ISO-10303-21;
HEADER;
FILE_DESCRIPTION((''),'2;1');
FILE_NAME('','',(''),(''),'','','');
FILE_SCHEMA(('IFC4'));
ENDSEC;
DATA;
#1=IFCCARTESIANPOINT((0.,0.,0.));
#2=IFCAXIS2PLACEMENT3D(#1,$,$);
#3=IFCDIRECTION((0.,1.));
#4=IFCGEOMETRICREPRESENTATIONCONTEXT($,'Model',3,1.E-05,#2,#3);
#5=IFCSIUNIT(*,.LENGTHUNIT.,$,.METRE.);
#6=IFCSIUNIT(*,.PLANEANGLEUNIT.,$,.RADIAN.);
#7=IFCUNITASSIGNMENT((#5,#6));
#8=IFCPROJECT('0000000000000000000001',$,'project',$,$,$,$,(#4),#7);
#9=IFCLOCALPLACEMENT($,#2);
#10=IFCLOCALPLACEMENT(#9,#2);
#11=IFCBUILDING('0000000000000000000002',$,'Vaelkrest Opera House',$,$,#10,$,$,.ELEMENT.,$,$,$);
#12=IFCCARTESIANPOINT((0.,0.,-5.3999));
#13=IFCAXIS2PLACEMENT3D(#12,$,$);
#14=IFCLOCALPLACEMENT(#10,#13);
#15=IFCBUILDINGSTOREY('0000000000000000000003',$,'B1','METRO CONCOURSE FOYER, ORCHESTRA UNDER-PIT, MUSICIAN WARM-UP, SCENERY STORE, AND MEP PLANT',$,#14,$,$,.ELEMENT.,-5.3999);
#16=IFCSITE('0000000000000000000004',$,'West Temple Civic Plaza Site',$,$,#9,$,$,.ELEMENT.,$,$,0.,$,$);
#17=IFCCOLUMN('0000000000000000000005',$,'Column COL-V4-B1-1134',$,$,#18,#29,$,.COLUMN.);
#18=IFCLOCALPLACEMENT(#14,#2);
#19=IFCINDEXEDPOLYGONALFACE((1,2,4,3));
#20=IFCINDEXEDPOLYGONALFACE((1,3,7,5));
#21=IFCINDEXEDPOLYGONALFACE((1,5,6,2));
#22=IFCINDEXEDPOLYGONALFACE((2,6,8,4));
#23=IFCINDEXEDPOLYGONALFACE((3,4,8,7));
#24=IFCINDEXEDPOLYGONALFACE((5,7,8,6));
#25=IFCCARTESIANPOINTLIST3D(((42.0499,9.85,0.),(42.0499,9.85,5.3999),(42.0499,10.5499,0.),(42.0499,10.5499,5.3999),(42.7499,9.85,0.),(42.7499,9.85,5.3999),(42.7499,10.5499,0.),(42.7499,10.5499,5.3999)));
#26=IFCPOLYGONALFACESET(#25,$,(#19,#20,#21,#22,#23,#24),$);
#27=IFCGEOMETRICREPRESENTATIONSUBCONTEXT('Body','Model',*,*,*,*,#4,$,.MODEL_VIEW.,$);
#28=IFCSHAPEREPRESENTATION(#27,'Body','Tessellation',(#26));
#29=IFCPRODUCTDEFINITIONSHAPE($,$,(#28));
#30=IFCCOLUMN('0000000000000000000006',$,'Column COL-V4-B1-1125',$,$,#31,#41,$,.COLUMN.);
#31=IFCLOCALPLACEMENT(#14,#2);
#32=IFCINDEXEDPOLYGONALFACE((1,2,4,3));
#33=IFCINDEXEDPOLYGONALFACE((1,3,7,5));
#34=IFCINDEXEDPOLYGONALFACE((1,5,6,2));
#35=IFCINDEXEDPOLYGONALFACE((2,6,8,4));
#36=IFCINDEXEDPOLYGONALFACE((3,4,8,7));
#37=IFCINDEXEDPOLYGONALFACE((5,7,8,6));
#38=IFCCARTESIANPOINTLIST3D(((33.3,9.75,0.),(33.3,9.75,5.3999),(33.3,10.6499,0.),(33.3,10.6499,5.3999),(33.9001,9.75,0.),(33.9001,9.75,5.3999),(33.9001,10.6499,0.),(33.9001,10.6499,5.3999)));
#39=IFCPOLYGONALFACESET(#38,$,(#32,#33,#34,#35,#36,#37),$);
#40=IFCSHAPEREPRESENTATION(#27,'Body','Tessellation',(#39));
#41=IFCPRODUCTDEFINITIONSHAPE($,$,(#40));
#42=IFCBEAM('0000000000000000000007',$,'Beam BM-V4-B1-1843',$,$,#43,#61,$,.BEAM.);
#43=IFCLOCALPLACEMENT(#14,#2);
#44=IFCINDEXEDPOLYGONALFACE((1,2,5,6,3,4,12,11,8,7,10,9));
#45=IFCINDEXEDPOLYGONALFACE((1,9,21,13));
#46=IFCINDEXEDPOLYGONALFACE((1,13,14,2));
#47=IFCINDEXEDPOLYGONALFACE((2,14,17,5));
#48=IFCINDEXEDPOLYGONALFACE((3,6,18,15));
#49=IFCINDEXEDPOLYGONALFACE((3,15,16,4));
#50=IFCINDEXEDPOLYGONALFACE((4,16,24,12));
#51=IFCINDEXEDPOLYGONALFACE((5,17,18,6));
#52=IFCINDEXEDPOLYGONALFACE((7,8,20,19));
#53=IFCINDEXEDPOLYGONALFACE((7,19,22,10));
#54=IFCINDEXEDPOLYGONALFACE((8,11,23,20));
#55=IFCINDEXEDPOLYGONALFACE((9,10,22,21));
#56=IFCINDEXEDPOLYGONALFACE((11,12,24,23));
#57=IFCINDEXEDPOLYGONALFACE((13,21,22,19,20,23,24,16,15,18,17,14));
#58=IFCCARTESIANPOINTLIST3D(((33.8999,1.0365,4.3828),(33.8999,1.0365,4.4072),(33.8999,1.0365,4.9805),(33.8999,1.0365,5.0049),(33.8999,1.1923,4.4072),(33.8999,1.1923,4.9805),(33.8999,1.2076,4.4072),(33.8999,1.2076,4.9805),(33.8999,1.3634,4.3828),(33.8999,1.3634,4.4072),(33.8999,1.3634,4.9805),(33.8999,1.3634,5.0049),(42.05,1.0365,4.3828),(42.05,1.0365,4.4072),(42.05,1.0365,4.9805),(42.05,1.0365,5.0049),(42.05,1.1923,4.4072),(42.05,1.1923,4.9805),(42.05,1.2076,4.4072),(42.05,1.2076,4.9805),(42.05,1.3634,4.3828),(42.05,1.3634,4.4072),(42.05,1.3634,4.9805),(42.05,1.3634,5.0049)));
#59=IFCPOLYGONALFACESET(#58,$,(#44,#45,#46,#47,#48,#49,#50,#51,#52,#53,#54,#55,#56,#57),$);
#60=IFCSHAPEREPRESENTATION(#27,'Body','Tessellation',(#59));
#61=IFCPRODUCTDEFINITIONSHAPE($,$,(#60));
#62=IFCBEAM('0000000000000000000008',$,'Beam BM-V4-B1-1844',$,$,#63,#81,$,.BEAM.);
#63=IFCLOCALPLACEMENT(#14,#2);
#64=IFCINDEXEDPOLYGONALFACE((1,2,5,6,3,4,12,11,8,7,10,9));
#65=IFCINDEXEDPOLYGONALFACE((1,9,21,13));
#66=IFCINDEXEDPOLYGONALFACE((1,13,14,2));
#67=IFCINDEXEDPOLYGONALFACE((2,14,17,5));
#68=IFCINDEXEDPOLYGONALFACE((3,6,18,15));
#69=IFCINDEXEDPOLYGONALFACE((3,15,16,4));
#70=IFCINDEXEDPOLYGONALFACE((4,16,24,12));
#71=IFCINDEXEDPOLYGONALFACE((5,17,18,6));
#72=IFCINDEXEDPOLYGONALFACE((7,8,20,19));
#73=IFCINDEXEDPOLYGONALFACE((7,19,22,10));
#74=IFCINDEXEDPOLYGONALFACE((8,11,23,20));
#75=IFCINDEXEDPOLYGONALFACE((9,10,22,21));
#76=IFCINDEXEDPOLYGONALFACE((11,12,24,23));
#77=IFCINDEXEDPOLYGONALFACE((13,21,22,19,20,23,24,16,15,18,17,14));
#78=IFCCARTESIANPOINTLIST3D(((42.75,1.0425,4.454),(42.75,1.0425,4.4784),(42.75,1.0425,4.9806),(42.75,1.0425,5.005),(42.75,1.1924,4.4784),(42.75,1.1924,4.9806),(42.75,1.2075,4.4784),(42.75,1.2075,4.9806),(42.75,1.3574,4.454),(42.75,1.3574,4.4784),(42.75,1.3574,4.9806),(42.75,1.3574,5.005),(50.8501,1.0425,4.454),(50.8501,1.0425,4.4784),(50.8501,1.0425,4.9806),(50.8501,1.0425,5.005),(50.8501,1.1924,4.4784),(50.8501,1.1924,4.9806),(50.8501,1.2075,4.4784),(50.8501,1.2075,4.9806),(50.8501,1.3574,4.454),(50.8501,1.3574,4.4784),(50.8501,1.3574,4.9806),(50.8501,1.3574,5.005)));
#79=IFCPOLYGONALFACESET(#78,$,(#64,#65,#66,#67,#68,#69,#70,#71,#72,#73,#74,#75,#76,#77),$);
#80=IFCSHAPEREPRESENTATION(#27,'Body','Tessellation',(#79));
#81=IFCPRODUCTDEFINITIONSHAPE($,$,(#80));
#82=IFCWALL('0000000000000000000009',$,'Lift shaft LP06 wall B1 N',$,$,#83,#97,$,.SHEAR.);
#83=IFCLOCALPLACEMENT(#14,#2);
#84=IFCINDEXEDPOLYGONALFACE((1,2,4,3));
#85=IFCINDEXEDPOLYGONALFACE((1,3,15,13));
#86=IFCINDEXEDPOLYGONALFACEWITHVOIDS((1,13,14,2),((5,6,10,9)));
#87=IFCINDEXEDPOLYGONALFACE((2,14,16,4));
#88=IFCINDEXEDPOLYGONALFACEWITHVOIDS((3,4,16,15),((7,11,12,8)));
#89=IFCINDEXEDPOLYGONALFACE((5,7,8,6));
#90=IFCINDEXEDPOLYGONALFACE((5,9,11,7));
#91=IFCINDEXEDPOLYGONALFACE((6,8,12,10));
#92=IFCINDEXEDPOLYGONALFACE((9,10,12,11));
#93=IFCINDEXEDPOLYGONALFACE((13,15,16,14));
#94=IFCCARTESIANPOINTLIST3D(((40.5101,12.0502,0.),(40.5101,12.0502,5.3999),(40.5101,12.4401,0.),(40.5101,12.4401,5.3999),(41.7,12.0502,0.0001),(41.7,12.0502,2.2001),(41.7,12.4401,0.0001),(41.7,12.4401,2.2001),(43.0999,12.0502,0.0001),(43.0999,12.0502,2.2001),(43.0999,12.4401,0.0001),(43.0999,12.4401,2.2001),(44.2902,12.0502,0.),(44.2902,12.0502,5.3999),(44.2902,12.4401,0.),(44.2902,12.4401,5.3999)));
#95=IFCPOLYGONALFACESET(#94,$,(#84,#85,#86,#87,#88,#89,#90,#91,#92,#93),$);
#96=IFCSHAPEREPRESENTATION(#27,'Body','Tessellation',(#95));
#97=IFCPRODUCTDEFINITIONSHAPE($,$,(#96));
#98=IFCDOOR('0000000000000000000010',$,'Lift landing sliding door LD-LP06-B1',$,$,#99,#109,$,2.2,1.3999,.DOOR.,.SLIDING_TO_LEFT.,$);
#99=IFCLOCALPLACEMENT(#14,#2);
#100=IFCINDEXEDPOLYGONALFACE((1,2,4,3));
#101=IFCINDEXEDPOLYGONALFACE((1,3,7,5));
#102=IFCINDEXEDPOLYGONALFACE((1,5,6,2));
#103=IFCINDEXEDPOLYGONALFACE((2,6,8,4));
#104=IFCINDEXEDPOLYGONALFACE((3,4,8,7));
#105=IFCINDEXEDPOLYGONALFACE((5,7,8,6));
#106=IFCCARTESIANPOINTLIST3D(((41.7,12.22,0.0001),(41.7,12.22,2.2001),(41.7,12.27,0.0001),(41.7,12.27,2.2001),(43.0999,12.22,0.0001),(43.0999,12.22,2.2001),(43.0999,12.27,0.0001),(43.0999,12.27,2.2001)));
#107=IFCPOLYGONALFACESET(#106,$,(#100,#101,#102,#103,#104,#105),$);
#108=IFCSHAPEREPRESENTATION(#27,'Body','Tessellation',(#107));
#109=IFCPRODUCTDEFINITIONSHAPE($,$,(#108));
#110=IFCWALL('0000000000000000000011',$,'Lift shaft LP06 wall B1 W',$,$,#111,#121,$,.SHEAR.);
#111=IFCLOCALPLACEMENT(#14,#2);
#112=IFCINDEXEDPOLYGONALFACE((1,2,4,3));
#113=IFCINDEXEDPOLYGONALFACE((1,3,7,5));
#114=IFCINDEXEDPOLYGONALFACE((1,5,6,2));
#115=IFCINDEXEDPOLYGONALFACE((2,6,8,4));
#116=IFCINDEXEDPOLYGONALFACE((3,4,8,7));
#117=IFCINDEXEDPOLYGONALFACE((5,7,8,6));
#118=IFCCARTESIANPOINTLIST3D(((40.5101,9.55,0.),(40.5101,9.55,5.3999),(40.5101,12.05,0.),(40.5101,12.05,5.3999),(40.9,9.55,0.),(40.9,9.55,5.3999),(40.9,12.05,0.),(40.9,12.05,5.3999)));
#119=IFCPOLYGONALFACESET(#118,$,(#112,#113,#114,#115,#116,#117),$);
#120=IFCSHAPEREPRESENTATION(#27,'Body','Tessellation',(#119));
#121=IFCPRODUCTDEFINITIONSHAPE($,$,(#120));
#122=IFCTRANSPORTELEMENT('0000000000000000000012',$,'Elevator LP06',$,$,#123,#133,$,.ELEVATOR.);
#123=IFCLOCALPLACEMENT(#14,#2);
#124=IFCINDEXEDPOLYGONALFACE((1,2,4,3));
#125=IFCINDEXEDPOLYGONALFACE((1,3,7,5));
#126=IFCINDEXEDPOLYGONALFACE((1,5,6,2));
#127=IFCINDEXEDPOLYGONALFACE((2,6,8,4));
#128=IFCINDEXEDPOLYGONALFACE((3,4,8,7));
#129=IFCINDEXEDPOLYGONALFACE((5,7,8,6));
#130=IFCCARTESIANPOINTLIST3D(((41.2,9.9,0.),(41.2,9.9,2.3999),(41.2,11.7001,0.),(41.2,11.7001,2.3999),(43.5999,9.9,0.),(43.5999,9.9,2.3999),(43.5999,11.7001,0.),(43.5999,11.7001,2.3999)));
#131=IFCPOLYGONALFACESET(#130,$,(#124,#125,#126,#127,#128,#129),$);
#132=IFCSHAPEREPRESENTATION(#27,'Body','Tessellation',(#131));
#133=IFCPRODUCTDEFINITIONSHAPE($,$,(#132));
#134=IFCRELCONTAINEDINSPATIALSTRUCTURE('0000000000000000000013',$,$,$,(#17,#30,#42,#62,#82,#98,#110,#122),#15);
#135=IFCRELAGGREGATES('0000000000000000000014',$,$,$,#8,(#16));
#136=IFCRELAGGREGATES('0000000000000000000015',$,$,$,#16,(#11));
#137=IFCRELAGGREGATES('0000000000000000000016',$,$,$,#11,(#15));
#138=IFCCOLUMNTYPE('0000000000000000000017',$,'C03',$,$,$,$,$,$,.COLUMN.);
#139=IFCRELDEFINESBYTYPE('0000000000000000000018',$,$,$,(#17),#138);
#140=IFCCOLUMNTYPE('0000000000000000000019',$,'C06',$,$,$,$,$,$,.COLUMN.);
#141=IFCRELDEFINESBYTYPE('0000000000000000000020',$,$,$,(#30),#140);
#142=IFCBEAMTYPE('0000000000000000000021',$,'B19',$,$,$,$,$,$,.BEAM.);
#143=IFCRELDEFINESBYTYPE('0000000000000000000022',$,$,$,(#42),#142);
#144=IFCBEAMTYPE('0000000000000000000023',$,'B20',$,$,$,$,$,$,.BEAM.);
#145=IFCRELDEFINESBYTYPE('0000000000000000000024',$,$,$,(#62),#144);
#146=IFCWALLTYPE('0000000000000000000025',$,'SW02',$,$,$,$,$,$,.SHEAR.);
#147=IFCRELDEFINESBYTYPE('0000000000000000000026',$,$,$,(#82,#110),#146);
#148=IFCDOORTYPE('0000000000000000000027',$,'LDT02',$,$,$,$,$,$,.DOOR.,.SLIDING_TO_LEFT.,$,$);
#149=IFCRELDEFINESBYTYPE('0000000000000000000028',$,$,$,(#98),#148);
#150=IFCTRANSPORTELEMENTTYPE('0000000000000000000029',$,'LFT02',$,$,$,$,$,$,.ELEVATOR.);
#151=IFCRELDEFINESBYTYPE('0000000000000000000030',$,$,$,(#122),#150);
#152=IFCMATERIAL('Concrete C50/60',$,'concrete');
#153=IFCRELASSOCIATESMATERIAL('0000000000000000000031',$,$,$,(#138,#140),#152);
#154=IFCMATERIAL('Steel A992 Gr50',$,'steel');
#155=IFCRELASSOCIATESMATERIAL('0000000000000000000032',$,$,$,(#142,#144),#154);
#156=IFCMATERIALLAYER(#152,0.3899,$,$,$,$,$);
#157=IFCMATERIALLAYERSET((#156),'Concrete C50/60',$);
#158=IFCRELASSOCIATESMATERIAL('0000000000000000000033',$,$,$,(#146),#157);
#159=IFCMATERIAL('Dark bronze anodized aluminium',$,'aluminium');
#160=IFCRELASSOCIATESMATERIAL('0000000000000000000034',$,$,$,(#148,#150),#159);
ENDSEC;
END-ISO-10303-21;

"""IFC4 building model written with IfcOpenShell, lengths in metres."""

from ifc_helpers import new_model, si_unit, direction, frame, frame_2d, origin, origin_2d, place, context, subcontext, project, spatial, rectangle, i_section, extrude, material, layer, layer_set, material_profile, profile_set, type_object, element, fill, save


model = new_model("IFC4")

# Units and contexts
model_context = context("Model", 3, precision=1e-05, world=origin(), true_north=direction((0.0, 1.0)))
body_context = subcontext(model_context, "Body", "Model", "MODEL_VIEW")
ifc_project = project(units=[si_unit("LENGTHUNIT", "METRE"), si_unit("PLANEANGLEUNIT", "RADIAN")], contexts=[model_context])

# Site, building, storey
site_placement = place(None, origin())
site = spatial("IfcSite", under=ifc_project, at=site_placement, Name="West Temple Civic Plaza Site", CompositionType="ELEMENT", RefElevation=0.0)
building_placement = place(site_placement, origin())
building = spatial("IfcBuilding", under=site, at=building_placement, Name="Vaelkrest Opera House", CompositionType="ELEMENT")
storey_placement = place(building_placement, frame((0.0, 0.0, -5.3999)))
storey = spatial("IfcBuildingStorey", under=building, at=storey_placement, Name="B1", Description="METRO CONCOURSE FOYER, ORCHESTRA UNDER-PIT, MUSICIAN WARM-UP, SCENERY STORE, AND MEP PLANT", CompositionType="ELEMENT", Elevation=-5.3999)

# Columns
ifc_material_1 = material(Name="Concrete C50/60", Category="concrete")
ifc_material_profile_1 = material_profile(ifc_material_1, rectangle(XDim=0.7, YDim=0.7, at=origin_2d()), Name="RC700X700")
ifc_profile_set_1 = profile_set([ifc_material_profile_1], Name="Concrete C50/60")
column_type_1 = type_object("IfcColumnType", Name="C03", PredefinedType="COLUMN", material=ifc_profile_set_1)
for number, where, z_axis, x_axis, name in (
    (1, (42.3999, 10.2, 0.0), (0.0, 0.0, 1.0), (1.0, 0.0, 0.0), "Column COL-V4-B1-1134"),
):
    element("IfcColumn", number, at=place(storey_placement, frame(where, z_axis=z_axis, x_axis=x_axis)), inside=storey, type_object=column_type_1, Name=name, PredefinedType="COLUMN", context=body_context, shape_type="SweptSolid", body=[
        extrude(rectangle(XDim=0.7, YDim=0.7, at=origin_2d()), origin(), (0.0, 0.0, 1.0), 5.3999),
    ])
ifc_material_profile_2 = material_profile(ifc_material_1, rectangle(XDim=0.6001, YDim=0.8999, at=origin_2d()), Name="RC600X900")
ifc_profile_set_2 = profile_set([ifc_material_profile_2], Name="Concrete C50/60")
column_type_2 = type_object("IfcColumnType", Name="C06", PredefinedType="COLUMN", material=ifc_profile_set_2)
column_placement = place(storey_placement, frame((33.6001, 10.2, 0.0), z_axis=(0.0, 0.0, 1.0), x_axis=(1.0, 0.0, 0.0)))
element("IfcColumn", 2, at=column_placement, inside=storey, type_object=column_type_2, Name="Column COL-V4-B1-1125", PredefinedType="COLUMN", context=body_context, shape_type="SweptSolid", body=[
    extrude(rectangle(XDim=0.6001, YDim=0.8999, at=origin_2d()), origin(), (0.0, 0.0, 1.0), 5.3999),
])

# Beams
ifc_material_2 = material(Name="Steel A992 Gr50", Category="steel")
ifc_material_profile_3 = material_profile(ifc_material_2, i_section(OverallWidth=0.3269, OverallDepth=0.6221, WebThickness=0.0154, FlangeThickness=0.0244, at=origin_2d()), Name="W24X131")
ifc_profile_set_3 = profile_set([ifc_material_profile_3], Name="Steel A992 Gr50")
beam_type_1 = type_object("IfcBeamType", Name="B19", PredefinedType="BEAM", material=ifc_profile_set_3)
beam_1_placement = place(storey_placement, frame((33.8999, 1.2, 4.6938), z_axis=(1.0, 0.0, 0.0), x_axis=(0.0, 1.0, 0.0)))
element("IfcBeam", 3, at=beam_1_placement, inside=storey, type_object=beam_type_1, Name="Beam BM-V4-B1-1843", PredefinedType="BEAM", context=body_context, shape_type="SweptSolid", body=[
    extrude(i_section(OverallWidth=0.3269, OverallDepth=0.6221, WebThickness=0.0154, FlangeThickness=0.0244, at=origin_2d()), origin(), (0.0, 0.0, 1.0), 8.1501),
])
ifc_material_profile_4 = material_profile(ifc_material_2, i_section(OverallWidth=0.3149, OverallDepth=0.551, WebThickness=0.0151, FlangeThickness=0.0244, at=origin_2d()), Name="W21X122")
ifc_profile_set_4 = profile_set([ifc_material_profile_4], Name="Steel A992 Gr50")
beam_type_2 = type_object("IfcBeamType", Name="B20", PredefinedType="BEAM", material=ifc_profile_set_4)
beam_2_placement = place(storey_placement, frame((42.75, 1.2, 4.7295), z_axis=(1.0, 0.0, 0.0), x_axis=(0.0, 1.0, 0.0)))
element("IfcBeam", 4, at=beam_2_placement, inside=storey, type_object=beam_type_2, Name="Beam BM-V4-B1-1844", PredefinedType="BEAM", context=body_context, shape_type="SweptSolid", body=[
    extrude(i_section(OverallWidth=0.3149, OverallDepth=0.551, WebThickness=0.0151, FlangeThickness=0.0244, at=origin_2d()), origin(), (0.0, 0.0, 1.0), 8.1001),
])

# Wall, opening, door
ifc_layer_1 = layer(ifc_material_1, 0.3899)
ifc_layer_set_1 = layer_set([ifc_layer_1], Name="Concrete C50/60")
wall_type_1 = type_object("IfcWallType", Name="SW02", PredefinedType="SHEAR", material=ifc_layer_set_1)
wall_1_placement = place(storey_placement, frame((40.51, 12.2451, 0.0), z_axis=(0.0, 0.0, 1.0), x_axis=(1.0, 0.0, 0.0)))
wall_1 = element("IfcWall", 5, at=wall_1_placement, inside=storey, type_object=wall_type_1, Name="Lift shaft LP06 wall B1 N", PredefinedType="SHEAR", context=body_context, shape_type="SweptSolid", body=[
    extrude(rectangle(XDim=3.78, YDim=0.3899, at=frame_2d((1.8901, 0.0))), origin(), (0.0, 0.0, 1.0), 5.3999),
])
opening_1_placement = place(wall_1_placement, frame((1.1899, 0.0, 0.0)))
opening_1 = element("IfcOpeningElement", 6, at=opening_1_placement, cuts=wall_1, PredefinedType="OPENING", context=body_context, shape_type="SweptSolid", body=[
    extrude(rectangle(XDim=1.3999, YDim=2.2, at=frame_2d((0.7, 1.1001))), frame((0.0, 0.2048, 0.0), z_axis=(0.0, -1.0, 0.0), x_axis=(1.0, 0.0, 0.0)), (0.0, 0.0, 1.0), 0.4099),
])
ifc_material_3 = material(Name="Dark bronze anodized aluminium", Category="aluminium")
door_type_1 = type_object("IfcDoorType", Name="LDT02", OperationType="SLIDING_TO_LEFT", PredefinedType="DOOR", material=ifc_material_3)
door_1_placement = place(opening_1_placement, origin())
door_1 = element("IfcDoor", 7, at=door_1_placement, inside=storey, type_object=door_type_1, Name="Lift landing sliding door LD-LP06-B1", OperationType="SLIDING_TO_LEFT", OverallHeight=2.2, OverallWidth=1.3999, PredefinedType="DOOR", context=body_context, shape_type="SweptSolid", body=[
    extrude(rectangle(XDim=1.3999, YDim=2.2, at=frame_2d((0.7, 1.1001))), frame((0.0, 0.0249, 0.0), z_axis=(0.0, -1.0, 0.0), x_axis=(1.0, 0.0, 0.0)), (0.0, 0.0, 1.0), 0.05),
])
fill(opening_1, door_1)

# Wall
wall_2_placement = place(storey_placement, frame((40.7051, 9.55, 0.0), z_axis=(0.0, 0.0, 1.0), x_axis=(0.0, 1.0, 0.0)))
element("IfcWall", 8, at=wall_2_placement, inside=storey, type_object=wall_type_1, Name="Lift shaft LP06 wall B1 W", PredefinedType="SHEAR", context=body_context, shape_type="SweptSolid", body=[
    extrude(rectangle(XDim=2.5, YDim=0.3899, at=frame_2d((1.25, 0.0))), origin(), (0.0, 0.0, 1.0), 5.3999),
])

# Transport element
transport_element_type = type_object("IfcTransportElementType", Name="LFT02", PredefinedType="ELEVATOR", material=ifc_material_3)
transport_element_placement = place(storey_placement, frame((42.3999, 10.8, 0.0), z_axis=(0.0, 0.0, 1.0), x_axis=(1.0, 0.0, 0.0)))
element("IfcTransportElement", 9, at=transport_element_placement, inside=storey, type_object=transport_element_type, Name="Elevator LP06", PredefinedType="ELEVATOR", context=body_context, shape_type="SweptSolid", body=[
    extrude(rectangle(XDim=2.3999, YDim=1.8, at=origin_2d()), origin(), (0.0, 0.0, 1.0), 2.3999),
])

save(model, "model.ifc")
